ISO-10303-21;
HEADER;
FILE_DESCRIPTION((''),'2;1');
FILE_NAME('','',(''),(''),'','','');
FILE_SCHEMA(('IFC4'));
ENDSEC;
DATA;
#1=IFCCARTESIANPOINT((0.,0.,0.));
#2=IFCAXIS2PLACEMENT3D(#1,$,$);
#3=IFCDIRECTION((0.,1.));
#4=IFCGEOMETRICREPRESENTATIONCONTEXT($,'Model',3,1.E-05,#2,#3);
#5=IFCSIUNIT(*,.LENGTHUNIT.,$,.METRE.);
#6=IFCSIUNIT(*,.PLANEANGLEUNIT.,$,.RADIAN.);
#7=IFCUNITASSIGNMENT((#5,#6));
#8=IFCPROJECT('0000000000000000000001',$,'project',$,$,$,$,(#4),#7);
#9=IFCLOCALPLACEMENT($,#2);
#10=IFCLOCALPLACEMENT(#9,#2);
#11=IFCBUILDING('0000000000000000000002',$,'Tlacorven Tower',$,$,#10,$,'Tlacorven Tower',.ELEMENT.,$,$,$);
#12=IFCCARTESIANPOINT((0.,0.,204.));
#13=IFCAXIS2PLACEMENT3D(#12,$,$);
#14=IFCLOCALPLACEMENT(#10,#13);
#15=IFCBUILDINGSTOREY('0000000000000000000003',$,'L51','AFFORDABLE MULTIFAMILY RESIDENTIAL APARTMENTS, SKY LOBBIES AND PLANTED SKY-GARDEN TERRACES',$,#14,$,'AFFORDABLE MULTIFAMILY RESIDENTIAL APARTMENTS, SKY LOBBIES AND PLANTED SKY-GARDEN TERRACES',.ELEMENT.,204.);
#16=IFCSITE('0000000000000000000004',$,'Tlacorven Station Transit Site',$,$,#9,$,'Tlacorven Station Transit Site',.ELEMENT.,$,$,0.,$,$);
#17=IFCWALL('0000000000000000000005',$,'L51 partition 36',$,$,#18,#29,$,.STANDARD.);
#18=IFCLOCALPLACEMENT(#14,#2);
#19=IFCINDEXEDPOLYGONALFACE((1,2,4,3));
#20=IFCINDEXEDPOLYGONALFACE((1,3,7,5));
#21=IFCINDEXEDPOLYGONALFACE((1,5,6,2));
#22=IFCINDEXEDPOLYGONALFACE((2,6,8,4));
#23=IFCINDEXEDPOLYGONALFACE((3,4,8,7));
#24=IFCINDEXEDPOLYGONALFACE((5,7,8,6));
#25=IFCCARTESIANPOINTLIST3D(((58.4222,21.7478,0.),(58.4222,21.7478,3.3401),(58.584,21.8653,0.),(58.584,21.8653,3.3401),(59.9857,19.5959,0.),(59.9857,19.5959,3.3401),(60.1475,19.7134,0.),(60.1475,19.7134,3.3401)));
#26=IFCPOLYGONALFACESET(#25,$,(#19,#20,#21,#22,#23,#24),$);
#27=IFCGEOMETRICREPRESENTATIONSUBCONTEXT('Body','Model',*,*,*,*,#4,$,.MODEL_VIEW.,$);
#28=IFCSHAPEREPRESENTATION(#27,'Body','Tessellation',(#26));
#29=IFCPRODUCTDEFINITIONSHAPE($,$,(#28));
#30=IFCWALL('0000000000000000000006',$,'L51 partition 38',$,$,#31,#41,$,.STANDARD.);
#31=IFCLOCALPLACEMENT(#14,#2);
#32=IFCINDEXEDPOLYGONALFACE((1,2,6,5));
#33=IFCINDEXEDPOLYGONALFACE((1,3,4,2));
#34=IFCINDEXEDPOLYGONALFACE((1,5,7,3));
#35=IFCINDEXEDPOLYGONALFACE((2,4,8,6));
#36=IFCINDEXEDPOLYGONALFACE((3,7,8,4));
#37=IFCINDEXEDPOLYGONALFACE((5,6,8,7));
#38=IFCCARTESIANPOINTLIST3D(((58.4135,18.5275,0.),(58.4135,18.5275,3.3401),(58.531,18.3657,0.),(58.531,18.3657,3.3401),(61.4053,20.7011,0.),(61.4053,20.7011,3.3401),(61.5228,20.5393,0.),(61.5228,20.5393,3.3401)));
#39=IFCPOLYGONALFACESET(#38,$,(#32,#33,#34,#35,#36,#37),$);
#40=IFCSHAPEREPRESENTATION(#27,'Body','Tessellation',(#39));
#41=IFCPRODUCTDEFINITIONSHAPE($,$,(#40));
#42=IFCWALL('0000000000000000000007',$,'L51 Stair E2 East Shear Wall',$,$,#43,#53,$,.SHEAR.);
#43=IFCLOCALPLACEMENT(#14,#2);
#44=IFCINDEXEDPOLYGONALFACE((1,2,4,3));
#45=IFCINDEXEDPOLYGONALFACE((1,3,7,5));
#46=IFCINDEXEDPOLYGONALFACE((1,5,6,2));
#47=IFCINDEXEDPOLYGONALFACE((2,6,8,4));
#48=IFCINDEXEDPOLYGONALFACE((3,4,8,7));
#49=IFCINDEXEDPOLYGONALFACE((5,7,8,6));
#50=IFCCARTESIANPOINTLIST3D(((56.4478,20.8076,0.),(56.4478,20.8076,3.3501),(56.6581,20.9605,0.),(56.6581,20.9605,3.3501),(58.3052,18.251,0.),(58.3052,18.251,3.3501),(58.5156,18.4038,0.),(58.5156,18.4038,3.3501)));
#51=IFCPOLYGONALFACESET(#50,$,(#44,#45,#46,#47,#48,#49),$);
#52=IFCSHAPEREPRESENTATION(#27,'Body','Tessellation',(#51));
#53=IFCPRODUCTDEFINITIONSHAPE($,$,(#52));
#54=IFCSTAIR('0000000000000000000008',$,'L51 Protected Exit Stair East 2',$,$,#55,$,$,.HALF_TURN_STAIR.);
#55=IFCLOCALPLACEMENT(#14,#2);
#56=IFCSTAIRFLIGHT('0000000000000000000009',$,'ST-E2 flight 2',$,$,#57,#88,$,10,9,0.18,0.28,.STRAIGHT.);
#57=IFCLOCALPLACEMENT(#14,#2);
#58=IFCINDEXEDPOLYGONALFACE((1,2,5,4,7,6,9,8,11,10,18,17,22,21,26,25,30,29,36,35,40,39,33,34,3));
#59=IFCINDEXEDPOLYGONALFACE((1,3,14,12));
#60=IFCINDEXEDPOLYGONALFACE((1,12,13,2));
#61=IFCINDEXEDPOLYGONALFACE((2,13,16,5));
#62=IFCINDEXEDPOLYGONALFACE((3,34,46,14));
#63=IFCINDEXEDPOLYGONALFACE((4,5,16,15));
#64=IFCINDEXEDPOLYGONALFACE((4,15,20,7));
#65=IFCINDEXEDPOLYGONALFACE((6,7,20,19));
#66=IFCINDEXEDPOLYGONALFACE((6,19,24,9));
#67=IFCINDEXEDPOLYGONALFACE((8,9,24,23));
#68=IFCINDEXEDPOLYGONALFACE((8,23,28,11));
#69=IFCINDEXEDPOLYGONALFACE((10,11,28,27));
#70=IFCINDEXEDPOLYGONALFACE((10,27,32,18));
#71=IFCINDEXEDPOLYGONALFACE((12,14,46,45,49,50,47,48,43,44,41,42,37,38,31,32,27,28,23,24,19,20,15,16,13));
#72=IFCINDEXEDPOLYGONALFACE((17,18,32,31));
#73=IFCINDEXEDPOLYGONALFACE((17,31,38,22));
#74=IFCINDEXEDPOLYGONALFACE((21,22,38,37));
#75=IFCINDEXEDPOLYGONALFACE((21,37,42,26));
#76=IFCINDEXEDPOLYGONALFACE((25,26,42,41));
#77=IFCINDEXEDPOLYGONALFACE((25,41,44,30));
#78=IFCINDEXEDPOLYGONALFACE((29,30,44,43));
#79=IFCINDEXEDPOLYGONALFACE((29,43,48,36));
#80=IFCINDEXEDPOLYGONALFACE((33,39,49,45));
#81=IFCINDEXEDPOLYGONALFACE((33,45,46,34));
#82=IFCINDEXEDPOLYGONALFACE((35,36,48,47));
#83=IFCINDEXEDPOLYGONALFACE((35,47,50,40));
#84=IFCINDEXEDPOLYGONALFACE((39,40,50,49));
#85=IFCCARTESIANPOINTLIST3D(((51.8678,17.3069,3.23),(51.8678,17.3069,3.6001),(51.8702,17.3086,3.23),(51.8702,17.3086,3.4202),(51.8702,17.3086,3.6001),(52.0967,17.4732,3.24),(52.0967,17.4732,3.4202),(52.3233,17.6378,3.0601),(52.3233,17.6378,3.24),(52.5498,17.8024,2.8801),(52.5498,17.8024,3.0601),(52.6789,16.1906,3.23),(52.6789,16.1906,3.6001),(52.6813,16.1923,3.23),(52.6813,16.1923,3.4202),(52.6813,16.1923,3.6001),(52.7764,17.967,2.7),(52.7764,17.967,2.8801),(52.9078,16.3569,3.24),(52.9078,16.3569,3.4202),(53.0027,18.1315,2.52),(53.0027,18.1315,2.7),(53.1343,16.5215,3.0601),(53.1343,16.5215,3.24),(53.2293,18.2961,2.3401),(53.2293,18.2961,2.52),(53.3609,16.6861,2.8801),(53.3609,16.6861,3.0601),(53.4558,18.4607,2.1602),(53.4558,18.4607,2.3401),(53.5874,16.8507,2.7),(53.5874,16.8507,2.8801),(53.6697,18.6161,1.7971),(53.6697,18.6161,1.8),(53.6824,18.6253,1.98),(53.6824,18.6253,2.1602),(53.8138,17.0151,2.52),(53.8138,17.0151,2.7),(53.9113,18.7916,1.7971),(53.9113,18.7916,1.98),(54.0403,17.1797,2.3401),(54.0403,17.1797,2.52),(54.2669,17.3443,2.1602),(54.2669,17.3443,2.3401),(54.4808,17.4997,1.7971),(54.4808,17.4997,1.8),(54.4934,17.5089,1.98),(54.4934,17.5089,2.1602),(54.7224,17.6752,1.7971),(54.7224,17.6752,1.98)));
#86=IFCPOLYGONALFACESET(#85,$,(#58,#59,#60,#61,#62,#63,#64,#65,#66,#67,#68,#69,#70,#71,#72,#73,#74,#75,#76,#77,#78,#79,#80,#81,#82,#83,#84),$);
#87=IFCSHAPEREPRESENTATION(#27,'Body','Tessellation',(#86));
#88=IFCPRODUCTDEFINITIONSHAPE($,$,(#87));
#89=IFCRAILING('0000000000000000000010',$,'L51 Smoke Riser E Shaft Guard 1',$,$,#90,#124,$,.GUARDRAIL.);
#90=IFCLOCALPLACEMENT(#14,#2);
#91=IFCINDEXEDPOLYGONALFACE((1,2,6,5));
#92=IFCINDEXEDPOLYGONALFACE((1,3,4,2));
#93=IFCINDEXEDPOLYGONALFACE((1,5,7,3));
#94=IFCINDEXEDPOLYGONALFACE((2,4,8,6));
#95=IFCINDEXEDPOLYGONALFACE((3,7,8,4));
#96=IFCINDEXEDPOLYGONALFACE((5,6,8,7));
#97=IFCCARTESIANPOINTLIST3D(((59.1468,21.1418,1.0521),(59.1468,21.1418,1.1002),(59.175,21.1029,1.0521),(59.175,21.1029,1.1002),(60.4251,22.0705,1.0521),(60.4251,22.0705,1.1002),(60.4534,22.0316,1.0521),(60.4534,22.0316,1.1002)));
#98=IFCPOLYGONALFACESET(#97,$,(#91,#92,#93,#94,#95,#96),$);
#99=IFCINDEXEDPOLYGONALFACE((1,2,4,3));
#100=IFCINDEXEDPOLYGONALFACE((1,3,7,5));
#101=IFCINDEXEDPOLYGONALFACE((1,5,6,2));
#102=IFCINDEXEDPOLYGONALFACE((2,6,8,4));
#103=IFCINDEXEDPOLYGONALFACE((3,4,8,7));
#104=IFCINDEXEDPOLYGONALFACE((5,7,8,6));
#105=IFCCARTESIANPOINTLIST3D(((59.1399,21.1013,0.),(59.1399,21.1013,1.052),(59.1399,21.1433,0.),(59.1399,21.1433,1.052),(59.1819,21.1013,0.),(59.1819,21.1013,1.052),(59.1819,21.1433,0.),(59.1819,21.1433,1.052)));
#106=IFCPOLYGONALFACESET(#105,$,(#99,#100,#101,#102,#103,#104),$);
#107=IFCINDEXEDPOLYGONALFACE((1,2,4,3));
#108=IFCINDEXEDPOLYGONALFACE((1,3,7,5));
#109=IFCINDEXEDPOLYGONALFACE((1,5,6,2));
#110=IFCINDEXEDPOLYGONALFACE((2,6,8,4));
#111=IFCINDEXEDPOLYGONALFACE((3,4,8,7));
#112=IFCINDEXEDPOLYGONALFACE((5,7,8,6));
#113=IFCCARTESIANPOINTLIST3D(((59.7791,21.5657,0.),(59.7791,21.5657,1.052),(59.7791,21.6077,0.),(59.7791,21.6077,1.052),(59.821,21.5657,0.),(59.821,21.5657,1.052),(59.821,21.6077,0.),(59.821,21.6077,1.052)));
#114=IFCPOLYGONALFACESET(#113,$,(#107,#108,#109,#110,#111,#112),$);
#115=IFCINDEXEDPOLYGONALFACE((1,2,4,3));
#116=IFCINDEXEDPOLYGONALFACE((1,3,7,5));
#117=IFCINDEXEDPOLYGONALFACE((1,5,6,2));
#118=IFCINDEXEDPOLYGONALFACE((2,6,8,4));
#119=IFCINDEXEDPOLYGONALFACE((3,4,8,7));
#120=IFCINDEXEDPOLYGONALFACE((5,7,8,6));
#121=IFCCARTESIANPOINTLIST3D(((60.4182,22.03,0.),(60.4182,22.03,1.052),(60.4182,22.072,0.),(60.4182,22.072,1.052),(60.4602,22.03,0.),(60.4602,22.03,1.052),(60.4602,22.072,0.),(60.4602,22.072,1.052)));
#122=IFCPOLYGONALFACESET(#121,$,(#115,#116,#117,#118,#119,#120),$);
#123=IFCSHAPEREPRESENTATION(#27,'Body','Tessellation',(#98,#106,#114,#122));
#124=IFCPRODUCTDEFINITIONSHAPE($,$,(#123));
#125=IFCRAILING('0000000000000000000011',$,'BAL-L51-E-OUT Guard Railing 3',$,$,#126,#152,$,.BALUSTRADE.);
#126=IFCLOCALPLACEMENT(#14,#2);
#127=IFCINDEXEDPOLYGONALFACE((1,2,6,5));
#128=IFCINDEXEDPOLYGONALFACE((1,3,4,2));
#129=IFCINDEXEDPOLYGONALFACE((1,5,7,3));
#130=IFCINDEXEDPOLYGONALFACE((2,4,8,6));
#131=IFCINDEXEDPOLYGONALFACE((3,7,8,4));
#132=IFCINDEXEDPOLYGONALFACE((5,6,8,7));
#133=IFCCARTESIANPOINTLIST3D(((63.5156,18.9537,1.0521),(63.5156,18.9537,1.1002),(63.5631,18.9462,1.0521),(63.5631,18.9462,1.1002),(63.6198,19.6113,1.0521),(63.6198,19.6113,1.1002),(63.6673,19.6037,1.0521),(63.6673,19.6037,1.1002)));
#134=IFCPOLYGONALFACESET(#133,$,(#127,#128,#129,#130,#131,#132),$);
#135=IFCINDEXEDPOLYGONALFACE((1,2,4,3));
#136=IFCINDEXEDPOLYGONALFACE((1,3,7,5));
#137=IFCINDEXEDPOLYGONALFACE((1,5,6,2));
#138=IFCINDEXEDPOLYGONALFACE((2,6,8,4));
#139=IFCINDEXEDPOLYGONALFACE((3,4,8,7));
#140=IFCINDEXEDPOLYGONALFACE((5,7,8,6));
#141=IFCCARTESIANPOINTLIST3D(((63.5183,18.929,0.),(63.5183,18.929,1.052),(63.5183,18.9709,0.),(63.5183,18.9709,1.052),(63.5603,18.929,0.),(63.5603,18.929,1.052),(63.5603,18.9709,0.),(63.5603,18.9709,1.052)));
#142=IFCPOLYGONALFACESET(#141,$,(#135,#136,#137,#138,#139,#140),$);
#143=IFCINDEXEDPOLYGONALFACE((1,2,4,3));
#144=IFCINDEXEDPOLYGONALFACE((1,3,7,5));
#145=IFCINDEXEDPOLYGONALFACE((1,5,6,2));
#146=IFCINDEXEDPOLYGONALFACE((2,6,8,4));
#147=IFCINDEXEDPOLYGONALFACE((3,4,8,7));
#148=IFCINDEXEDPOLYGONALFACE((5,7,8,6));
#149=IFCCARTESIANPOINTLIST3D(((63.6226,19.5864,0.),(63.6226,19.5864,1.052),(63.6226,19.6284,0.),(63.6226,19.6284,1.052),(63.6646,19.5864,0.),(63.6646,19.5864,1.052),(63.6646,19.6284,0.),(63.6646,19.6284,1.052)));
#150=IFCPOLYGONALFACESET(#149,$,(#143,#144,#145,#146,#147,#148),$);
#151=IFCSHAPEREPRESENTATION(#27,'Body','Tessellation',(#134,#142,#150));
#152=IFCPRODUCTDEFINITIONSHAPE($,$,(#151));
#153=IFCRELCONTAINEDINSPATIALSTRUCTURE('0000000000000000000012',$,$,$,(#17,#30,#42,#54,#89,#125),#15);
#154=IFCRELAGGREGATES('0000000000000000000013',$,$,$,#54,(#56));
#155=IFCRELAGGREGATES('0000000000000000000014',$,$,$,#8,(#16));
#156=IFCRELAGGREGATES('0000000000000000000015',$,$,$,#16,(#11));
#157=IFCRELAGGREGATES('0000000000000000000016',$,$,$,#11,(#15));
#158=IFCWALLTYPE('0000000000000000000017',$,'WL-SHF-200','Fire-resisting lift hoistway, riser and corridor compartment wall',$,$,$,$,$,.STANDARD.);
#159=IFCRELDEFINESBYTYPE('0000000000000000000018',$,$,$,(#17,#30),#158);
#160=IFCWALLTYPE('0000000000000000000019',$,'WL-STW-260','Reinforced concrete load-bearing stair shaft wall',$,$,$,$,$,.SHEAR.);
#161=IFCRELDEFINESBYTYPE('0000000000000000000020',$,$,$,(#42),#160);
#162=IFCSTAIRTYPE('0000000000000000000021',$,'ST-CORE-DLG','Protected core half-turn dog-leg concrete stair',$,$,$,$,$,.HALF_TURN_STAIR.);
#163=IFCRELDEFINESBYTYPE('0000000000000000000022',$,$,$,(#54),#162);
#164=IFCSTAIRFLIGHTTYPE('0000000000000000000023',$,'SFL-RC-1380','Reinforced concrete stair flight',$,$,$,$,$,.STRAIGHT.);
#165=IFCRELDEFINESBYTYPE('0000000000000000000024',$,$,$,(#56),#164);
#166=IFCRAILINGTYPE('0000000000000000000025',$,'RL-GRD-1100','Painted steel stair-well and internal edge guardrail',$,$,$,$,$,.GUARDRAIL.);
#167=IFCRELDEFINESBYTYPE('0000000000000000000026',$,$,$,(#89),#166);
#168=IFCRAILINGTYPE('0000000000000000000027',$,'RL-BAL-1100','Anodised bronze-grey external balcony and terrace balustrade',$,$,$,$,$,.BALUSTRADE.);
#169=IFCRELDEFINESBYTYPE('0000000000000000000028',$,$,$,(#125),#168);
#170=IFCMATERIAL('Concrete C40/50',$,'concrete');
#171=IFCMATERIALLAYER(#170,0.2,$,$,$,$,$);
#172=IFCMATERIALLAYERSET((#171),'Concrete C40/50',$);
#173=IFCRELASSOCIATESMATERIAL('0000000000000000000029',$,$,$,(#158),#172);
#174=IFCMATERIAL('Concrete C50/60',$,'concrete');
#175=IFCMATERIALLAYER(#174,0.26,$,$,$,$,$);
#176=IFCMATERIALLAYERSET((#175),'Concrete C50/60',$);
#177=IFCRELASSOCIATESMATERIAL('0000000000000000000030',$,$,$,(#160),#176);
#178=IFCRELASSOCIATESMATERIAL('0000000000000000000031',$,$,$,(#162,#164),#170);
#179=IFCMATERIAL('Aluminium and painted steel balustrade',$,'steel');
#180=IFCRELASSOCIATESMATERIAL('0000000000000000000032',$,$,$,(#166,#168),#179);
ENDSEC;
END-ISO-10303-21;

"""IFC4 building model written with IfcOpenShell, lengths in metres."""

from ifc_helpers import new_model, si_unit, direction, frame, frame_2d, origin, origin_2d, place, context, subcontext, project, spatial, polyline, rectangle, outline, extrude, source, transform, mapped, material, layer, layer_set, type_object, element, aggregate, save


model = new_model("IFC4")

# Units and contexts
model_context = context("Model", 3, precision=1e-05, world=origin(), true_north=direction((0.0, 1.0)))
body_context = subcontext(model_context, "Body", "Model", "MODEL_VIEW")
ifc_project = project(units=[si_unit("LENGTHUNIT", "METRE"), si_unit("PLANEANGLEUNIT", "RADIAN")], contexts=[model_context])

# Site, building, storey
site_placement = place(None, origin())
site = spatial("IfcSite", under=ifc_project, at=site_placement, Name="Tlacorven Station Transit Site", LongName="Tlacorven Station Transit Site", CompositionType="ELEMENT", RefElevation=0.0)
building_placement = place(site_placement, origin())
building = spatial("IfcBuilding", under=site, at=building_placement, Name="Tlacorven Tower", LongName="Tlacorven Tower", CompositionType="ELEMENT")
storey_placement = place(building_placement, frame((0.0, 0.0, 204.0)))
storey = spatial("IfcBuildingStorey", under=building, at=storey_placement, Name="L51", Description="AFFORDABLE MULTIFAMILY RESIDENTIAL APARTMENTS, SKY LOBBIES AND PLANTED SKY-GARDEN TERRACES", LongName="AFFORDABLE MULTIFAMILY RESIDENTIAL APARTMENTS, SKY LOBBIES AND PLANTED SKY-GARDEN TERRACES", CompositionType="ELEMENT", Elevation=204.0)

# Shared definitions
ifc_material_1 = material(Name="Concrete C40/50", Category="concrete")
ifc_layer_1 = layer(ifc_material_1, 0.2)
ifc_layer_set_1 = layer_set([ifc_layer_1], Name="Concrete C40/50")
wall_type_1 = type_object("IfcWallType", Name="WL-SHF-200", Description="Fire-resisting lift hoistway, riser and corridor compartment wall", PredefinedType="STANDARD", material=ifc_layer_set_1)

# Walls
wall_1_placement = place(storey_placement, frame((60.0667, 19.6545, 0.0), z_axis=(0.0, 0.0, 1.0), x_axis=(-0.587801, 0.809006, 0.0)))
element("IfcWall", 1, at=wall_1_placement, inside=storey, type_object=wall_type_1, Name="L51 partition 36", PredefinedType="STANDARD", context=body_context, shape_type="SweptSolid", body=[
    extrude(rectangle(XDim=2.6599, YDim=0.2, at=frame_2d((1.3301, 0.0))), origin(), (0.0, 0.0, 1.0), 3.3401),
])
wall_2_placement = place(storey_placement, frame((58.4722, 18.4465, 0.0), z_axis=(0.0, 0.0, 1.0), x_axis=(0.809019, 0.587783, 0.0)))
element("IfcWall", 2, at=wall_2_placement, inside=storey, type_object=wall_type_1, Name="L51 partition 38", PredefinedType="STANDARD", context=body_context, shape_type="SweptSolid", body=[
    extrude(rectangle(XDim=3.698, YDim=0.2, at=frame_2d((1.8491, 0.0))), origin(), (0.0, 0.0, 1.0), 3.3401),
])
ifc_material_2 = material(Name="Concrete C50/60", Category="concrete")
ifc_layer_2 = layer(ifc_material_2, 0.26)
ifc_layer_set_2 = layer_set([ifc_layer_2], Name="Concrete C50/60")
wall_type_2 = type_object("IfcWallType", Name="WL-STW-260", Description="Reinforced concrete load-bearing stair shaft wall", PredefinedType="SHEAR", material=ifc_layer_set_2)
wall_3_placement = place(storey_placement, frame((58.4104, 18.3274, 0.0), z_axis=(0.0, 0.0, 1.0), x_axis=(-0.587767, 0.80903, 0.0)))
element("IfcWall", 3, at=wall_3_placement, inside=storey, type_object=wall_type_2, Name="L51 Stair E2 East Shear Wall", PredefinedType="SHEAR", context=body_context, shape_type="SweptSolid", body=[
    extrude(rectangle(XDim=3.1602, YDim=0.26, at=frame_2d((1.5801, 0.0))), origin(), (0.0, 0.0, 1.0), 3.3501),
])

# Stair, stair flight
stair_type = type_object("IfcStairType", Name="ST-CORE-DLG", Description="Protected core half-turn dog-leg concrete stair", PredefinedType="HALF_TURN_STAIR", material=ifc_material_1)
stair_placement = place(storey_placement, origin())
stair = element("IfcStair", 4, at=stair_placement, inside=storey, type_object=stair_type, Name="L51 Protected Exit Stair East 2", PredefinedType="HALF_TURN_STAIR")
stair_flight_type = type_object("IfcStairFlightType", Name="SFL-RC-1380", Description="Reinforced concrete stair flight", PredefinedType="STRAIGHT", material=ifc_material_1)
shared_shape_1 = source(origin(), body_context, "Body", "SweptSolid", [
    extrude(outline(polyline([(-0.0029, -0.0029), (-0.0029, 0.1799), (0.28, 0.1799), (0.28, 0.3601), (0.5601, 0.3601), (0.5601, 0.54), (0.8401, 0.54), (0.8401, 0.72), (1.1201, 0.72), (1.1201, 0.8999), (1.3999, 0.8999), (1.3999, 1.0801), (1.6799, 1.0801), (1.6799, 1.26), (1.96, 1.26), (1.96, 1.4399), (2.24, 1.4399), (2.24, 1.6201), (2.52, 1.6201), (2.52, 1.8), (2.5229, 1.8), (2.5229, 1.4299), (2.52, 1.4299), (0.2957, 0.0), (0.2957, -0.0029), (-0.0029, -0.0029)])), frame((0.0, 0.6899, 0.0), z_axis=(0.0, -1.0, 0.0), x_axis=(1.0, 0.0, 0.0)), (0.0, 0.0, 1.0), 1.3799),
])
stair_flight_placement = place(storey_placement, frame((54.3145, 18.2317, 1.8), z_axis=(0.0, 0.0, 1.0), x_axis=(-0.809017, -0.587785, 0.0)))
stair_flight = element("IfcStairFlight", 5, at=stair_flight_placement, type_object=stair_flight_type, Name="ST-E2 flight 2", NumberOfRisers=10, NumberOfTreads=9, PredefinedType="STRAIGHT", RiserHeight=0.18, TreadLength=0.28, context=body_context, shape_type="MappedRepresentation", body=[
    mapped(shared_shape_1, transform((0.0, 0.0, 0.0), scale=1.0)),
])
aggregate(stair, [stair_flight])

# Railings
ifc_material_3 = material(Name="Aluminium and painted steel balustrade", Category="steel")
railing_type_1 = type_object("IfcRailingType", Name="RL-GRD-1100", Description="Painted steel stair-well and internal edge guardrail", PredefinedType="GUARDRAIL", material=ifc_material_3)
shared_shape_2 = source(origin(), body_context, "Body", "SweptSolid", [
    extrude(rectangle(XDim=0.0481, YDim=0.0481, at=origin_2d()), frame((0.0, 0.0, 1.0762), z_axis=(0.80903, 0.587767, 0.0), x_axis=(-0.587767, 0.80903, 0.0)), (0.0, 0.0, 1.0), 1.5801),
    extrude(rectangle(XDim=0.042, YDim=0.042, at=origin_2d()), origin(), (0.0, 0.0, 1.0), 1.052),
    extrude(rectangle(XDim=0.042, YDim=0.042, at=origin_2d()), frame((0.6392, 0.4644, 0.0)), (0.0, 0.0, 1.0), 1.052),
    extrude(rectangle(XDim=0.042, YDim=0.042, at=origin_2d()), frame((1.2783, 0.9287, 0.0)), (0.0, 0.0, 1.0), 1.052),
])
railing_1_placement = place(storey_placement, frame((59.1609, 21.1223, 0.0)))
element("IfcRailing", 6, at=railing_1_placement, inside=storey, type_object=railing_type_1, Name="L51 Smoke Riser E Shaft Guard 1", PredefinedType="GUARDRAIL", context=body_context, shape_type="MappedRepresentation", body=[
    mapped(shared_shape_2, transform((0.0, 0.0, 0.0), scale=1.0)),
])
railing_type_2 = type_object("IfcRailingType", Name="RL-BAL-1100", Description="Anodised bronze-grey external balcony and terrace balustrade", PredefinedType="BALUSTRADE", material=ifc_material_3)
shared_shape_3 = source(origin(), body_context, "Body", "SweptSolid", [
    extrude(rectangle(XDim=0.0481, YDim=0.0481, at=origin_2d()), frame((0.0, 0.0, 1.0762), z_axis=(0.156603, 0.987662, 0.0), x_axis=(-0.987662, 0.156603, 0.0)), (0.0, 0.0, 1.0), 0.6658),
    extrude(rectangle(XDim=0.042, YDim=0.042, at=origin_2d()), origin(), (0.0, 0.0, 1.0), 1.052),
    extrude(rectangle(XDim=0.042, YDim=0.042, at=origin_2d()), frame((0.1042, 0.6575, 0.0)), (0.0, 0.0, 1.0), 1.052),
])
railing_2_placement = place(storey_placement, frame((63.5393, 18.95, 0.0)))
element("IfcRailing", 7, at=railing_2_placement, inside=storey, type_object=railing_type_2, Name="BAL-L51-E-OUT Guard Railing 3", PredefinedType="BALUSTRADE", context=body_context, shape_type="MappedRepresentation", body=[
    mapped(shared_shape_3, transform((0.0, 0.0, 0.0), scale=1.0)),
])

save(model, "model.ifc")
